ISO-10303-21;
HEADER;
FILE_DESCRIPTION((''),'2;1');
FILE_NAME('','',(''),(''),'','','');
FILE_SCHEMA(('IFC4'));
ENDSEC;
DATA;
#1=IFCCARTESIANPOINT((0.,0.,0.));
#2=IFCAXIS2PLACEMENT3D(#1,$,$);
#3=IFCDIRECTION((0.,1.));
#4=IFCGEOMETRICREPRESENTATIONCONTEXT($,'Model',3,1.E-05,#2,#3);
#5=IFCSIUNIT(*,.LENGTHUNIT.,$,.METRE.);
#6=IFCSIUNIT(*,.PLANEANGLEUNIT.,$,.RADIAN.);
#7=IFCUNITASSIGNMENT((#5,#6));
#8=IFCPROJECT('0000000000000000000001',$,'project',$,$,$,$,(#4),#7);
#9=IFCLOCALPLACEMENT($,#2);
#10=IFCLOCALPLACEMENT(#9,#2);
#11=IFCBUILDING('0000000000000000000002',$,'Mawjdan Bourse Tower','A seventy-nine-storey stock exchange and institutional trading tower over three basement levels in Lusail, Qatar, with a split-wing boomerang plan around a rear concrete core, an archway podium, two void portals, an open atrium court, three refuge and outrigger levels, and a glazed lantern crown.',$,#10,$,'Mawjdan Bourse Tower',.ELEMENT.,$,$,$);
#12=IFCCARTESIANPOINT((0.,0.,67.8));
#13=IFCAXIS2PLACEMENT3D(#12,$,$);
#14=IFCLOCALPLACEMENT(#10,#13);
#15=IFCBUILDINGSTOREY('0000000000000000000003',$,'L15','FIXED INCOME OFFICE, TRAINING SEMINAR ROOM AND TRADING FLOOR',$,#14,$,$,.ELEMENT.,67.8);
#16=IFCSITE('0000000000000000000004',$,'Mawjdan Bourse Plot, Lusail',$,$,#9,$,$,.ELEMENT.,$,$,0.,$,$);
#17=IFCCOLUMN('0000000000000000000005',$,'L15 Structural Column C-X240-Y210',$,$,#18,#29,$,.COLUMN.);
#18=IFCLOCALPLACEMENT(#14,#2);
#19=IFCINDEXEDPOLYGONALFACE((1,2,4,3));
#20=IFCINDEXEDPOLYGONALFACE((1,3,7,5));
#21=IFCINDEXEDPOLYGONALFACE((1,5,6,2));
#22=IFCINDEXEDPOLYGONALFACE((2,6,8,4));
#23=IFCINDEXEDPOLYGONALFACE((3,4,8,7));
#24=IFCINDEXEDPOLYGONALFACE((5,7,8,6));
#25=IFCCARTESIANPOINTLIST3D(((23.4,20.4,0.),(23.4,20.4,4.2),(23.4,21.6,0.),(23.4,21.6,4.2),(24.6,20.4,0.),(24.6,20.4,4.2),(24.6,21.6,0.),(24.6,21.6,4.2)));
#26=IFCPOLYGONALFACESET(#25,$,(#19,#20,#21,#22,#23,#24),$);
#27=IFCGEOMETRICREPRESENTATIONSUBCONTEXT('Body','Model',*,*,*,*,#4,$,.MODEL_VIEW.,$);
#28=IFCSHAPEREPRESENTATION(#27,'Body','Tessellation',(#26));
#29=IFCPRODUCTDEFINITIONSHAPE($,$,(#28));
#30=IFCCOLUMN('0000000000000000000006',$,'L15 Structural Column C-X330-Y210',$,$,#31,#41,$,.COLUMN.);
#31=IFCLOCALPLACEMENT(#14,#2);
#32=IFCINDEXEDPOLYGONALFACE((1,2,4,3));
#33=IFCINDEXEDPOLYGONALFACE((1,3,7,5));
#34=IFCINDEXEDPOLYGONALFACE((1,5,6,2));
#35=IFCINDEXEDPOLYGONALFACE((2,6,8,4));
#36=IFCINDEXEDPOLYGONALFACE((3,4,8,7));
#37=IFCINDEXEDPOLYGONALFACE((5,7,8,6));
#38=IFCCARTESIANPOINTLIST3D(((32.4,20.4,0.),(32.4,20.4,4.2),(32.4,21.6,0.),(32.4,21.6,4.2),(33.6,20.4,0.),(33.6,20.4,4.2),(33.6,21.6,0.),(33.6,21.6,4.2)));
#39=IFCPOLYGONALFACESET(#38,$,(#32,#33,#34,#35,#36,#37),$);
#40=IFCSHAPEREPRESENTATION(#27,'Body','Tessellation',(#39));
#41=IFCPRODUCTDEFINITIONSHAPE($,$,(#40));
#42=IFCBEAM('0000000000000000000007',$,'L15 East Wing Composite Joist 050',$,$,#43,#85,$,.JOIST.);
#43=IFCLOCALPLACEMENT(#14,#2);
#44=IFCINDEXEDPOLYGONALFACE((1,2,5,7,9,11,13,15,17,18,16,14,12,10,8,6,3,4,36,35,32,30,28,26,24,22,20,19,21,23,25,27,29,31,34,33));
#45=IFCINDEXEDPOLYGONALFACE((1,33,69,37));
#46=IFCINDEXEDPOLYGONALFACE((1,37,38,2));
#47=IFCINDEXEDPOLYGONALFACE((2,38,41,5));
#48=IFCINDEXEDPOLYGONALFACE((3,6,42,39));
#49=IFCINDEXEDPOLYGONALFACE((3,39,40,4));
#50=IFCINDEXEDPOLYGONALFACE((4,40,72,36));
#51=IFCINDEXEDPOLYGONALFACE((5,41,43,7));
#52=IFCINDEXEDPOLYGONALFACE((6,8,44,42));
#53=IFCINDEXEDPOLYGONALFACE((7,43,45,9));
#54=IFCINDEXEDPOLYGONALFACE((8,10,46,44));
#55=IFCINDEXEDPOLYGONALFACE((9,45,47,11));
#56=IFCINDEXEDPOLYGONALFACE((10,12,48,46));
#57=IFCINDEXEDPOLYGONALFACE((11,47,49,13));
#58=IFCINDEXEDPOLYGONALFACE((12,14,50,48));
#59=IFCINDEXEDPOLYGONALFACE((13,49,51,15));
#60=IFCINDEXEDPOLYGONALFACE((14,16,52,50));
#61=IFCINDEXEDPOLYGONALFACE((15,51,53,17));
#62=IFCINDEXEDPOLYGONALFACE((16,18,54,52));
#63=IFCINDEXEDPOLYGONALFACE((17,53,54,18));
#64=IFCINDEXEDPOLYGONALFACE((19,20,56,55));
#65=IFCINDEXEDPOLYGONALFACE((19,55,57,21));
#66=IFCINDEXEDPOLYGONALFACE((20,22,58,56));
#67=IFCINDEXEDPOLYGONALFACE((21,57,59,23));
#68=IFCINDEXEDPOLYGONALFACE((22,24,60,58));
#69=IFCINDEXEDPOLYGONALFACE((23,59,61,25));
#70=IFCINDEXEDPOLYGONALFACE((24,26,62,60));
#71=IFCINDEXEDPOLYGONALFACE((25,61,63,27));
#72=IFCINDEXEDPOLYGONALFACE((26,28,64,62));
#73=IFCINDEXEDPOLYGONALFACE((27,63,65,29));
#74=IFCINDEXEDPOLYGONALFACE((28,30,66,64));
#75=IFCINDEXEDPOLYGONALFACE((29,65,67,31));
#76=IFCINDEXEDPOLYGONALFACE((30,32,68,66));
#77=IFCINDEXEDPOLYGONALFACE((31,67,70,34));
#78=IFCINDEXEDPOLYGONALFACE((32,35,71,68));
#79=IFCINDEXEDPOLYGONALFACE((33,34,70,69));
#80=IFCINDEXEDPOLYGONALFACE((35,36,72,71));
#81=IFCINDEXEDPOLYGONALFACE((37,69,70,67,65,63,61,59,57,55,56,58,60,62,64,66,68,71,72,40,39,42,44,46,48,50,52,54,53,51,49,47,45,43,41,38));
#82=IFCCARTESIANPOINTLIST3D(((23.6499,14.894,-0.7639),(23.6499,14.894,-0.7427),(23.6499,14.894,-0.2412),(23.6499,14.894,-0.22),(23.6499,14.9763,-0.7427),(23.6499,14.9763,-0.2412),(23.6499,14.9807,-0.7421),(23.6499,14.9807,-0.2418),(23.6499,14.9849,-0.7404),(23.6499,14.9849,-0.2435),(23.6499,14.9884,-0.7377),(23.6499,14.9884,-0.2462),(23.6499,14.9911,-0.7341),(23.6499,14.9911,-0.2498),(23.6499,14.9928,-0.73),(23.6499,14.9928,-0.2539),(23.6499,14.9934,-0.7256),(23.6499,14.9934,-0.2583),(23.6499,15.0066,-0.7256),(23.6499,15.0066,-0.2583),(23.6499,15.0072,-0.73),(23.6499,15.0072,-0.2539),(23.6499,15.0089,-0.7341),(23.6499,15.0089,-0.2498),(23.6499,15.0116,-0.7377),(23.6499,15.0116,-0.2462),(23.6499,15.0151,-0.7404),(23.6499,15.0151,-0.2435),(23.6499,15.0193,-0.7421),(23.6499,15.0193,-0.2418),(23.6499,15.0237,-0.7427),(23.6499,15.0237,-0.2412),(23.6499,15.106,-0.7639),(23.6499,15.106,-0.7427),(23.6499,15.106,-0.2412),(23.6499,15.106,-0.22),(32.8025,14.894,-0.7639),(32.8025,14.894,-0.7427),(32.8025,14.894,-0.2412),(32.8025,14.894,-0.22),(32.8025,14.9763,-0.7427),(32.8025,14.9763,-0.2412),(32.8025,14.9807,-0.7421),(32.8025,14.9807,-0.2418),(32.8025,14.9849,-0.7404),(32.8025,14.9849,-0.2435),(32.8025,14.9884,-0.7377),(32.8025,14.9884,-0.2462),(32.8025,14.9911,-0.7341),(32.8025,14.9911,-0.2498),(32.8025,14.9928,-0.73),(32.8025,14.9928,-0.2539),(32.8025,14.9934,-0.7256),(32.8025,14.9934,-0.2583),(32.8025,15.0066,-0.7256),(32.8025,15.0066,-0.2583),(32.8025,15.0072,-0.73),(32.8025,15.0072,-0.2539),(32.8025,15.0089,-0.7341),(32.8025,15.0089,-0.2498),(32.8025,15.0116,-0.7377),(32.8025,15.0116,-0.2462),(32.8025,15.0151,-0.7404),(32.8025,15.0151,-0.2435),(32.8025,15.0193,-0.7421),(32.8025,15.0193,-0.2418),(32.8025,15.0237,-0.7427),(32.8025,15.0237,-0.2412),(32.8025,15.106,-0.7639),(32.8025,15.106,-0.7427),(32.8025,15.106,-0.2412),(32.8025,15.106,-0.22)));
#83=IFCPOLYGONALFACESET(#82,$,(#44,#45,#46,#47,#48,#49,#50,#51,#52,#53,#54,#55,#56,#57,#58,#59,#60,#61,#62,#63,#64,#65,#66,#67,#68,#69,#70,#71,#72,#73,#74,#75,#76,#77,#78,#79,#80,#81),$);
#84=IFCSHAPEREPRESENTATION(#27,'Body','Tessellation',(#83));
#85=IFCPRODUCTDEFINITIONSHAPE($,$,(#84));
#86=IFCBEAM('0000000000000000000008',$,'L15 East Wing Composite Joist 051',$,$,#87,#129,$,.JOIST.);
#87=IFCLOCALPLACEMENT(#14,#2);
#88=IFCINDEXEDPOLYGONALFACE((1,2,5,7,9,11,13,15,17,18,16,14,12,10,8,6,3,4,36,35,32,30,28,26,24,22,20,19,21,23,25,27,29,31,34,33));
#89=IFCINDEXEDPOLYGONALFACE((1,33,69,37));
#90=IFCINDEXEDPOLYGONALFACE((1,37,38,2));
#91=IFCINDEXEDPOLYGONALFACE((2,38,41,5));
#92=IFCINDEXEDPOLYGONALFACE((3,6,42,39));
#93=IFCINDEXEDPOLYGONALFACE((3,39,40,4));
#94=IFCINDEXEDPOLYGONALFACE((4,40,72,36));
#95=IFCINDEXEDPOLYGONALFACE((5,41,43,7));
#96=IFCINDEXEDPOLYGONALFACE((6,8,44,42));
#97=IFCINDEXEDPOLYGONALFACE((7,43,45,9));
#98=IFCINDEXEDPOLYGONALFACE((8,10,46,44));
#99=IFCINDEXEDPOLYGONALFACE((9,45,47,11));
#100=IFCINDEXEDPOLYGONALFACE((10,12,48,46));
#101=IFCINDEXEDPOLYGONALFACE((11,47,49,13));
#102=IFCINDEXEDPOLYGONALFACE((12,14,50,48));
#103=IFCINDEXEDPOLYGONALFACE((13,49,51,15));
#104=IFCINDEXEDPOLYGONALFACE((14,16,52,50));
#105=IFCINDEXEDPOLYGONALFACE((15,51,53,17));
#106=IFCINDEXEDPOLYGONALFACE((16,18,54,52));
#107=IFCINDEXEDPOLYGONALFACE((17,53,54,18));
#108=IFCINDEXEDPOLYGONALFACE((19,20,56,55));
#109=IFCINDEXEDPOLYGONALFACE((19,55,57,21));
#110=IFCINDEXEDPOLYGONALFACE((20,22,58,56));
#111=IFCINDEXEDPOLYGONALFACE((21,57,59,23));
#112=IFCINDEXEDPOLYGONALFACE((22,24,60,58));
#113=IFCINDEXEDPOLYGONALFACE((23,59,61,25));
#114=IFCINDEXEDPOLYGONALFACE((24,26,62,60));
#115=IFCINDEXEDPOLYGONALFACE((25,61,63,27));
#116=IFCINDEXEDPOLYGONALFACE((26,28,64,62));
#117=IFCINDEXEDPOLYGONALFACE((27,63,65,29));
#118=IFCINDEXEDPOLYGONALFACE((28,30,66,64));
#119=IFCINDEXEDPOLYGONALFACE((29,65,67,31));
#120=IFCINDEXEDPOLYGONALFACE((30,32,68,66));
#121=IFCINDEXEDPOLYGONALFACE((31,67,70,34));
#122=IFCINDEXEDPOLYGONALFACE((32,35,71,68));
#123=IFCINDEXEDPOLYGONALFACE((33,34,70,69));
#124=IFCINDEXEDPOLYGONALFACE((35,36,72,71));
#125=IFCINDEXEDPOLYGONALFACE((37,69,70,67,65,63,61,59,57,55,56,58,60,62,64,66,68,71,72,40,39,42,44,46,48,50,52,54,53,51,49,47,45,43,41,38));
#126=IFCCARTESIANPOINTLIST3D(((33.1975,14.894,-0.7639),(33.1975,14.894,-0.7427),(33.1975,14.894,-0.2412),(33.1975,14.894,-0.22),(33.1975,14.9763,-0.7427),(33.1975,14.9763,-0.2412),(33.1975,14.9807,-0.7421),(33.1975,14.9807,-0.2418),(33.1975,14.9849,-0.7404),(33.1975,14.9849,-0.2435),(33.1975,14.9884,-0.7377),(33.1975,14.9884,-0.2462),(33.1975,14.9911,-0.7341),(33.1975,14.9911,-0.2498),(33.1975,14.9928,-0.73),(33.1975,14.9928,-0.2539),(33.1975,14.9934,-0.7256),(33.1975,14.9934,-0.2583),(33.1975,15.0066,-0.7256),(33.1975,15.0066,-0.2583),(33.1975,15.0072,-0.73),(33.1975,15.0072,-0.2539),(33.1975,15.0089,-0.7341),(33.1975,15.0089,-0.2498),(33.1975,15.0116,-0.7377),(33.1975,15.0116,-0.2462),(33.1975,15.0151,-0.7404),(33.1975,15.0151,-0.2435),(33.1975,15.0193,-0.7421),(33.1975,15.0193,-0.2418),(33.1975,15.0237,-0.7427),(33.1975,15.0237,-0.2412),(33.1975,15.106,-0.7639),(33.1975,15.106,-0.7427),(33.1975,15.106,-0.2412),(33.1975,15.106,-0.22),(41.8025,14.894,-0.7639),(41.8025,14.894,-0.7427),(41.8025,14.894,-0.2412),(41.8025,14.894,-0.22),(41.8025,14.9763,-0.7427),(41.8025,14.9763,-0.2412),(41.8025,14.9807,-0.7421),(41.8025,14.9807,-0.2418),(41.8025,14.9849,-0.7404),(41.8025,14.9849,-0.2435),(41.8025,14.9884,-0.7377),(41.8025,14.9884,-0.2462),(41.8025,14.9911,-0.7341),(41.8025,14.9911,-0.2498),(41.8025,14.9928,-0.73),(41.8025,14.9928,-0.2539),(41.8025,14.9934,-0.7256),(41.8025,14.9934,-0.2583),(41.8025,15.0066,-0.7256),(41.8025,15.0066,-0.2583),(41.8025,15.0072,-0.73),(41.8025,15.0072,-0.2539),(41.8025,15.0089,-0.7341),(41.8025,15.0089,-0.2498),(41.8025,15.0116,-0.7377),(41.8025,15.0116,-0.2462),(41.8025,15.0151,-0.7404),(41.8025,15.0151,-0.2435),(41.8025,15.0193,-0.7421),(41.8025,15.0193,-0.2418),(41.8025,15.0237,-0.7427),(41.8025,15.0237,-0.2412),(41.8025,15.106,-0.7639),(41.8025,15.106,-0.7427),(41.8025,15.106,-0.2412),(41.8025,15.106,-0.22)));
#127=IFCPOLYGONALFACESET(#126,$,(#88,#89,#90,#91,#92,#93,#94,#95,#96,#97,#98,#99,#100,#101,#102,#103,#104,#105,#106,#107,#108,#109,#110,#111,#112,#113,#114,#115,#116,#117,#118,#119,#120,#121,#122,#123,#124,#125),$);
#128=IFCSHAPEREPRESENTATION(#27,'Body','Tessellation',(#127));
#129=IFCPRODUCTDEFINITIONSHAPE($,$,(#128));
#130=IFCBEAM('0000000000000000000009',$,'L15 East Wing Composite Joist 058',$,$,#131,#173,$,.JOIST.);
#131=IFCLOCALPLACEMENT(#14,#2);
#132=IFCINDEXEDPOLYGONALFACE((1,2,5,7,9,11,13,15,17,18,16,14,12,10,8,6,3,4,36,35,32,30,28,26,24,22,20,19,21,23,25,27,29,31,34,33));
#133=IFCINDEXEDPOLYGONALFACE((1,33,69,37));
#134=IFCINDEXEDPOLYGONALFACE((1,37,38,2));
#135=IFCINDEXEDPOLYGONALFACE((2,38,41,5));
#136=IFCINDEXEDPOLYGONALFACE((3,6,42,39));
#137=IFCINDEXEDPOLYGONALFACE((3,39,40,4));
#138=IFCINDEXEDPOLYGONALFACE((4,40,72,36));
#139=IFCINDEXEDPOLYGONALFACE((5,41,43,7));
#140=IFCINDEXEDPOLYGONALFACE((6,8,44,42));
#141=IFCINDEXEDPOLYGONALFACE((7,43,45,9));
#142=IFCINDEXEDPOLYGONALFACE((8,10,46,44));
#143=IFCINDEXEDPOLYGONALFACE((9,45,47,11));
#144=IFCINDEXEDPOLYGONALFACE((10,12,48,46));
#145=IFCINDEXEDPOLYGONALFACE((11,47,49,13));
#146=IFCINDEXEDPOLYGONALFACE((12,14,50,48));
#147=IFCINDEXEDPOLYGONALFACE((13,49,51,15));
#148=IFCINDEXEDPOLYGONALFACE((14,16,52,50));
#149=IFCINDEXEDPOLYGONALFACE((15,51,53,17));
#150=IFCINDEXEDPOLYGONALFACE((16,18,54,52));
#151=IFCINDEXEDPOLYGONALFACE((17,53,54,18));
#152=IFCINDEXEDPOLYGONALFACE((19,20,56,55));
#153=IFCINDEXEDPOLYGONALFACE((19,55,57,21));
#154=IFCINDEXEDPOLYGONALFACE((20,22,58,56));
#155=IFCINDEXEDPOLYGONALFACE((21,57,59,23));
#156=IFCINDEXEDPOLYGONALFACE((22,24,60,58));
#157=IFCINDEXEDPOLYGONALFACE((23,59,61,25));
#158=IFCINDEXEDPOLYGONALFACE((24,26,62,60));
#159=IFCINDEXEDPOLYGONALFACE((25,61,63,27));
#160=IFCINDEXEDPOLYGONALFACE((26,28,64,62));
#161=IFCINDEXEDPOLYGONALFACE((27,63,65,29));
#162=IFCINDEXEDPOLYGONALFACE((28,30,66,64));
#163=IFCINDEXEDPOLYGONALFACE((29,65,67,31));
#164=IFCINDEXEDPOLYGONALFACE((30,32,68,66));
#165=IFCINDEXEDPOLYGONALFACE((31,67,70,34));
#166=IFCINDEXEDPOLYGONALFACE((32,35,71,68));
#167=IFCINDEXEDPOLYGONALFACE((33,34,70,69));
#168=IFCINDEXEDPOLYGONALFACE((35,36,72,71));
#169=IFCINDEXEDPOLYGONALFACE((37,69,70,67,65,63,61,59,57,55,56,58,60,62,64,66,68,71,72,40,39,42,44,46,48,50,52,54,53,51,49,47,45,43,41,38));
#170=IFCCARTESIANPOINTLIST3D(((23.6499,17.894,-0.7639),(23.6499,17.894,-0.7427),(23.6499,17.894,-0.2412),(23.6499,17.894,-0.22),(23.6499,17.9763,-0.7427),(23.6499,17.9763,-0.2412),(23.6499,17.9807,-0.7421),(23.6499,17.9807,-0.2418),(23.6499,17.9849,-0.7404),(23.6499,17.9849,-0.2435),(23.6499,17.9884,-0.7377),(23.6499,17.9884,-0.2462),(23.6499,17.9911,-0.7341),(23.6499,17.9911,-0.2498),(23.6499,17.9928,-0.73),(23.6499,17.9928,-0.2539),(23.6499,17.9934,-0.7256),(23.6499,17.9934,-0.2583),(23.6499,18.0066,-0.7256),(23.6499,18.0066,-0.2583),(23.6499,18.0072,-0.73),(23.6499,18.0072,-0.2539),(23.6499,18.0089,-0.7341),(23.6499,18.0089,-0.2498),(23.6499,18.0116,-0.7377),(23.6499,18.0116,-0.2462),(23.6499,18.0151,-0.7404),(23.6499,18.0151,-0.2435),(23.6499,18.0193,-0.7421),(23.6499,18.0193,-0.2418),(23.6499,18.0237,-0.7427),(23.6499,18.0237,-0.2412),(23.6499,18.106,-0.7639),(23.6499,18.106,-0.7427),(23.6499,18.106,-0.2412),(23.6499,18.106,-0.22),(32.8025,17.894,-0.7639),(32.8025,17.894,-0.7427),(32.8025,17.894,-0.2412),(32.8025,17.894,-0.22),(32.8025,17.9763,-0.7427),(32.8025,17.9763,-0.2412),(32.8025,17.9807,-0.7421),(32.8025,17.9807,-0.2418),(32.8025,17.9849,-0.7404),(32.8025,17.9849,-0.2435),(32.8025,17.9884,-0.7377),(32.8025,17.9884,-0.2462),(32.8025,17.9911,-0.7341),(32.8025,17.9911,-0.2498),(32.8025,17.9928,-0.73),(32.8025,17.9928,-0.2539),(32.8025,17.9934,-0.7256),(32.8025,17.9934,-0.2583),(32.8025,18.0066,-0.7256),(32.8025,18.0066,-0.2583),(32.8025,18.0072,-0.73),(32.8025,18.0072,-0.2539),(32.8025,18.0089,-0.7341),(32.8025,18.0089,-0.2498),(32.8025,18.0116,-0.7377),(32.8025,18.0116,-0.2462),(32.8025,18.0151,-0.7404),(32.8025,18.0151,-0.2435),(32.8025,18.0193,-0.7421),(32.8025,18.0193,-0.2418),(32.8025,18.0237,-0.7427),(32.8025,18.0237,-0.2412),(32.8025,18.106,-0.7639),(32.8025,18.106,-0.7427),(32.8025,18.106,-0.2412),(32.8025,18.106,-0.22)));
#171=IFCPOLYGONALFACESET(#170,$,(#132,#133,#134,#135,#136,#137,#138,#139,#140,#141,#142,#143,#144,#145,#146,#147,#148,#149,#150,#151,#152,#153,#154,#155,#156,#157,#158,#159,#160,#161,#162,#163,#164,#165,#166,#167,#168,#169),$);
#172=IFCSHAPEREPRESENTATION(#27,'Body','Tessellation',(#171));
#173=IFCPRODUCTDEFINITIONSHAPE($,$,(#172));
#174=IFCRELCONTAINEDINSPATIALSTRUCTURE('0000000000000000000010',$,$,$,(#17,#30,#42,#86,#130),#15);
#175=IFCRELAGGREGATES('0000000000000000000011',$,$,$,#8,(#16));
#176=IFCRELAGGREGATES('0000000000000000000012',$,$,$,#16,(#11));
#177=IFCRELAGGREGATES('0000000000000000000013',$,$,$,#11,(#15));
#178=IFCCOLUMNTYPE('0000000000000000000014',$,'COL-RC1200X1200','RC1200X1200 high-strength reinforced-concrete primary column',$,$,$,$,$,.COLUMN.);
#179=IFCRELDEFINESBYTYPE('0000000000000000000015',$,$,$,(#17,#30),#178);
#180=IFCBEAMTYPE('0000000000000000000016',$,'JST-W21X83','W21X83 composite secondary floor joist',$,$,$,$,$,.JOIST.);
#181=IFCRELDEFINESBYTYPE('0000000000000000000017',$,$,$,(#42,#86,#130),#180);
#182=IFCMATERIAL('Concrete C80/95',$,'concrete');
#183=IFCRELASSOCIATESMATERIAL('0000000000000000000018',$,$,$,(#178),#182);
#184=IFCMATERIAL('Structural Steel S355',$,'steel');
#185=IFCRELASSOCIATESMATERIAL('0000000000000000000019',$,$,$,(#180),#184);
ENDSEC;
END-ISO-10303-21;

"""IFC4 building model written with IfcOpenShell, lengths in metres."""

from ifc_helpers import new_model, si_unit, direction, frame, origin, origin_2d, place, context, subcontext, project, spatial, rectangle, i_section, extrude, material, material_profile, profile_set, type_object, element, save


model = new_model("IFC4")

# Units and contexts
model_context = context("Model", 3, precision=1e-05, world=origin(), true_north=direction((0.0, 1.0)))
body_context = subcontext(model_context, "Body", "Model", "MODEL_VIEW")
ifc_project = project(units=[si_unit("LENGTHUNIT", "METRE"), si_unit("PLANEANGLEUNIT", "RADIAN")], contexts=[model_context])

# Site, building, storey
site_placement = place(None, origin())
site = spatial("IfcSite", under=ifc_project, at=site_placement, Name="Mawjdan Bourse Plot, Lusail", CompositionType="ELEMENT", RefElevation=0.0)
building_placement = place(site_placement, origin())
building = spatial("IfcBuilding", under=site, at=building_placement, Name="Mawjdan Bourse Tower", Description="A seventy-nine-storey stock exchange and institutional trading tower over three basement levels in Lusail, Qatar, with a split-wing boomerang plan around a rear concrete core, an archway podium, two void portals, an open atrium court, three refuge and outrigger levels, and a glazed lantern crown.", LongName="Mawjdan Bourse Tower", CompositionType="ELEMENT")
storey_placement = place(building_placement, frame((0.0, 0.0, 67.8)))
storey = spatial("IfcBuildingStorey", under=building, at=storey_placement, Name="L15", Description="FIXED INCOME OFFICE, TRAINING SEMINAR ROOM AND TRADING FLOOR", CompositionType="ELEMENT", Elevation=67.8)

# Columns
ifc_material_1 = material(Name="Concrete C80/95", Category="concrete")
ifc_material_profile_1 = material_profile(ifc_material_1, rectangle(XDim=1.2, YDim=1.2, at=origin_2d()), Name="RC1200X1200")
ifc_profile_set_1 = profile_set([ifc_material_profile_1], Name="Concrete C80/95")
column_type = type_object("IfcColumnType", Name="COL-RC1200X1200", Description="RC1200X1200 high-strength reinforced-concrete primary column", PredefinedType="COLUMN", material=ifc_profile_set_1)
for number, where, z_axis, x_axis, name in (
    (1, (24.0, 21.0, 0.0), (0.0, 0.0, 1.0), (1.0, 0.0, 0.0), "L15 Structural Column C-X240-Y210"),
    (2, (33.0, 21.0, 0.0), (0.0, 0.0, 1.0), (1.0, 0.0, 0.0), "L15 Structural Column C-X330-Y210"),
):
    element("IfcColumn", number, at=place(storey_placement, frame(where, z_axis=z_axis, x_axis=x_axis)), inside=storey, type_object=column_type, Name=name, PredefinedType="COLUMN", context=body_context, shape_type="SweptSolid", body=[
        extrude(rectangle(XDim=1.2, YDim=1.2, at=origin_2d()), origin(), (0.0, 0.0, 1.0), 4.2),
    ])

# Beams
ifc_material_2 = material(Name="Structural Steel S355", Category="steel")
ifc_material_profile_2 = material_profile(ifc_material_2, i_section(OverallWidth=0.2119, OverallDepth=0.5439, WebThickness=0.0132, FlangeThickness=0.0212, FilletRadius=0.0171, at=origin_2d()), Name="W21X83")
ifc_profile_set_2 = profile_set([ifc_material_profile_2], Name="Structural Steel S355")
beam_type_1 = type_object("IfcBeamType", Name="JST-W21X83", Description="W21X83 composite secondary floor joist", PredefinedType="JOIST", material=ifc_profile_set_2)
beam_1_placement = place(storey_placement, frame((23.6499, 15.0, -0.4919), z_axis=(1.0, 0.0, 0.0), x_axis=(0.0, 1.0, 0.0)))
element("IfcBeam", 3, at=beam_1_placement, inside=storey, type_object=beam_type_1, Name="L15 East Wing Composite Joist 050", PredefinedType="JOIST", context=body_context, shape_type="SweptSolid", body=[
    extrude(i_section(OverallWidth=0.2119, OverallDepth=0.5439, WebThickness=0.0132, FlangeThickness=0.0212, FilletRadius=0.0171, at=origin_2d()), origin(), (0.0, 0.0, 1.0), 9.1526),
])
beam_2_placement = place(storey_placement, frame((33.1975, 15.0, -0.4919), z_axis=(1.0, 0.0, 0.0), x_axis=(0.0, 1.0, 0.0)))
element("IfcBeam", 4, at=beam_2_placement, inside=storey, type_object=beam_type_1, Name="L15 East Wing Composite Joist 051", PredefinedType="JOIST", context=body_context, shape_type="SweptSolid", body=[
    extrude(i_section(OverallWidth=0.2119, OverallDepth=0.5439, WebThickness=0.0132, FlangeThickness=0.0212, FilletRadius=0.0171, at=origin_2d()), origin(), (0.0, 0.0, 1.0), 8.605),
])
beam_3_placement = place(storey_placement, frame((23.6499, 18.0, -0.4919), z_axis=(1.0, 0.0, 0.0), x_axis=(0.0, 1.0, 0.0)))
element("IfcBeam", 5, at=beam_3_placement, inside=storey, type_object=beam_type_1, Name="L15 East Wing Composite Joist 058", PredefinedType="JOIST", context=body_context, shape_type="SweptSolid", body=[
    extrude(i_section(OverallWidth=0.2119, OverallDepth=0.5439, WebThickness=0.0132, FlangeThickness=0.0212, FilletRadius=0.0171, at=origin_2d()), origin(), (0.0, 0.0, 1.0), 9.1526),
])

save(model, "model.ifc")
